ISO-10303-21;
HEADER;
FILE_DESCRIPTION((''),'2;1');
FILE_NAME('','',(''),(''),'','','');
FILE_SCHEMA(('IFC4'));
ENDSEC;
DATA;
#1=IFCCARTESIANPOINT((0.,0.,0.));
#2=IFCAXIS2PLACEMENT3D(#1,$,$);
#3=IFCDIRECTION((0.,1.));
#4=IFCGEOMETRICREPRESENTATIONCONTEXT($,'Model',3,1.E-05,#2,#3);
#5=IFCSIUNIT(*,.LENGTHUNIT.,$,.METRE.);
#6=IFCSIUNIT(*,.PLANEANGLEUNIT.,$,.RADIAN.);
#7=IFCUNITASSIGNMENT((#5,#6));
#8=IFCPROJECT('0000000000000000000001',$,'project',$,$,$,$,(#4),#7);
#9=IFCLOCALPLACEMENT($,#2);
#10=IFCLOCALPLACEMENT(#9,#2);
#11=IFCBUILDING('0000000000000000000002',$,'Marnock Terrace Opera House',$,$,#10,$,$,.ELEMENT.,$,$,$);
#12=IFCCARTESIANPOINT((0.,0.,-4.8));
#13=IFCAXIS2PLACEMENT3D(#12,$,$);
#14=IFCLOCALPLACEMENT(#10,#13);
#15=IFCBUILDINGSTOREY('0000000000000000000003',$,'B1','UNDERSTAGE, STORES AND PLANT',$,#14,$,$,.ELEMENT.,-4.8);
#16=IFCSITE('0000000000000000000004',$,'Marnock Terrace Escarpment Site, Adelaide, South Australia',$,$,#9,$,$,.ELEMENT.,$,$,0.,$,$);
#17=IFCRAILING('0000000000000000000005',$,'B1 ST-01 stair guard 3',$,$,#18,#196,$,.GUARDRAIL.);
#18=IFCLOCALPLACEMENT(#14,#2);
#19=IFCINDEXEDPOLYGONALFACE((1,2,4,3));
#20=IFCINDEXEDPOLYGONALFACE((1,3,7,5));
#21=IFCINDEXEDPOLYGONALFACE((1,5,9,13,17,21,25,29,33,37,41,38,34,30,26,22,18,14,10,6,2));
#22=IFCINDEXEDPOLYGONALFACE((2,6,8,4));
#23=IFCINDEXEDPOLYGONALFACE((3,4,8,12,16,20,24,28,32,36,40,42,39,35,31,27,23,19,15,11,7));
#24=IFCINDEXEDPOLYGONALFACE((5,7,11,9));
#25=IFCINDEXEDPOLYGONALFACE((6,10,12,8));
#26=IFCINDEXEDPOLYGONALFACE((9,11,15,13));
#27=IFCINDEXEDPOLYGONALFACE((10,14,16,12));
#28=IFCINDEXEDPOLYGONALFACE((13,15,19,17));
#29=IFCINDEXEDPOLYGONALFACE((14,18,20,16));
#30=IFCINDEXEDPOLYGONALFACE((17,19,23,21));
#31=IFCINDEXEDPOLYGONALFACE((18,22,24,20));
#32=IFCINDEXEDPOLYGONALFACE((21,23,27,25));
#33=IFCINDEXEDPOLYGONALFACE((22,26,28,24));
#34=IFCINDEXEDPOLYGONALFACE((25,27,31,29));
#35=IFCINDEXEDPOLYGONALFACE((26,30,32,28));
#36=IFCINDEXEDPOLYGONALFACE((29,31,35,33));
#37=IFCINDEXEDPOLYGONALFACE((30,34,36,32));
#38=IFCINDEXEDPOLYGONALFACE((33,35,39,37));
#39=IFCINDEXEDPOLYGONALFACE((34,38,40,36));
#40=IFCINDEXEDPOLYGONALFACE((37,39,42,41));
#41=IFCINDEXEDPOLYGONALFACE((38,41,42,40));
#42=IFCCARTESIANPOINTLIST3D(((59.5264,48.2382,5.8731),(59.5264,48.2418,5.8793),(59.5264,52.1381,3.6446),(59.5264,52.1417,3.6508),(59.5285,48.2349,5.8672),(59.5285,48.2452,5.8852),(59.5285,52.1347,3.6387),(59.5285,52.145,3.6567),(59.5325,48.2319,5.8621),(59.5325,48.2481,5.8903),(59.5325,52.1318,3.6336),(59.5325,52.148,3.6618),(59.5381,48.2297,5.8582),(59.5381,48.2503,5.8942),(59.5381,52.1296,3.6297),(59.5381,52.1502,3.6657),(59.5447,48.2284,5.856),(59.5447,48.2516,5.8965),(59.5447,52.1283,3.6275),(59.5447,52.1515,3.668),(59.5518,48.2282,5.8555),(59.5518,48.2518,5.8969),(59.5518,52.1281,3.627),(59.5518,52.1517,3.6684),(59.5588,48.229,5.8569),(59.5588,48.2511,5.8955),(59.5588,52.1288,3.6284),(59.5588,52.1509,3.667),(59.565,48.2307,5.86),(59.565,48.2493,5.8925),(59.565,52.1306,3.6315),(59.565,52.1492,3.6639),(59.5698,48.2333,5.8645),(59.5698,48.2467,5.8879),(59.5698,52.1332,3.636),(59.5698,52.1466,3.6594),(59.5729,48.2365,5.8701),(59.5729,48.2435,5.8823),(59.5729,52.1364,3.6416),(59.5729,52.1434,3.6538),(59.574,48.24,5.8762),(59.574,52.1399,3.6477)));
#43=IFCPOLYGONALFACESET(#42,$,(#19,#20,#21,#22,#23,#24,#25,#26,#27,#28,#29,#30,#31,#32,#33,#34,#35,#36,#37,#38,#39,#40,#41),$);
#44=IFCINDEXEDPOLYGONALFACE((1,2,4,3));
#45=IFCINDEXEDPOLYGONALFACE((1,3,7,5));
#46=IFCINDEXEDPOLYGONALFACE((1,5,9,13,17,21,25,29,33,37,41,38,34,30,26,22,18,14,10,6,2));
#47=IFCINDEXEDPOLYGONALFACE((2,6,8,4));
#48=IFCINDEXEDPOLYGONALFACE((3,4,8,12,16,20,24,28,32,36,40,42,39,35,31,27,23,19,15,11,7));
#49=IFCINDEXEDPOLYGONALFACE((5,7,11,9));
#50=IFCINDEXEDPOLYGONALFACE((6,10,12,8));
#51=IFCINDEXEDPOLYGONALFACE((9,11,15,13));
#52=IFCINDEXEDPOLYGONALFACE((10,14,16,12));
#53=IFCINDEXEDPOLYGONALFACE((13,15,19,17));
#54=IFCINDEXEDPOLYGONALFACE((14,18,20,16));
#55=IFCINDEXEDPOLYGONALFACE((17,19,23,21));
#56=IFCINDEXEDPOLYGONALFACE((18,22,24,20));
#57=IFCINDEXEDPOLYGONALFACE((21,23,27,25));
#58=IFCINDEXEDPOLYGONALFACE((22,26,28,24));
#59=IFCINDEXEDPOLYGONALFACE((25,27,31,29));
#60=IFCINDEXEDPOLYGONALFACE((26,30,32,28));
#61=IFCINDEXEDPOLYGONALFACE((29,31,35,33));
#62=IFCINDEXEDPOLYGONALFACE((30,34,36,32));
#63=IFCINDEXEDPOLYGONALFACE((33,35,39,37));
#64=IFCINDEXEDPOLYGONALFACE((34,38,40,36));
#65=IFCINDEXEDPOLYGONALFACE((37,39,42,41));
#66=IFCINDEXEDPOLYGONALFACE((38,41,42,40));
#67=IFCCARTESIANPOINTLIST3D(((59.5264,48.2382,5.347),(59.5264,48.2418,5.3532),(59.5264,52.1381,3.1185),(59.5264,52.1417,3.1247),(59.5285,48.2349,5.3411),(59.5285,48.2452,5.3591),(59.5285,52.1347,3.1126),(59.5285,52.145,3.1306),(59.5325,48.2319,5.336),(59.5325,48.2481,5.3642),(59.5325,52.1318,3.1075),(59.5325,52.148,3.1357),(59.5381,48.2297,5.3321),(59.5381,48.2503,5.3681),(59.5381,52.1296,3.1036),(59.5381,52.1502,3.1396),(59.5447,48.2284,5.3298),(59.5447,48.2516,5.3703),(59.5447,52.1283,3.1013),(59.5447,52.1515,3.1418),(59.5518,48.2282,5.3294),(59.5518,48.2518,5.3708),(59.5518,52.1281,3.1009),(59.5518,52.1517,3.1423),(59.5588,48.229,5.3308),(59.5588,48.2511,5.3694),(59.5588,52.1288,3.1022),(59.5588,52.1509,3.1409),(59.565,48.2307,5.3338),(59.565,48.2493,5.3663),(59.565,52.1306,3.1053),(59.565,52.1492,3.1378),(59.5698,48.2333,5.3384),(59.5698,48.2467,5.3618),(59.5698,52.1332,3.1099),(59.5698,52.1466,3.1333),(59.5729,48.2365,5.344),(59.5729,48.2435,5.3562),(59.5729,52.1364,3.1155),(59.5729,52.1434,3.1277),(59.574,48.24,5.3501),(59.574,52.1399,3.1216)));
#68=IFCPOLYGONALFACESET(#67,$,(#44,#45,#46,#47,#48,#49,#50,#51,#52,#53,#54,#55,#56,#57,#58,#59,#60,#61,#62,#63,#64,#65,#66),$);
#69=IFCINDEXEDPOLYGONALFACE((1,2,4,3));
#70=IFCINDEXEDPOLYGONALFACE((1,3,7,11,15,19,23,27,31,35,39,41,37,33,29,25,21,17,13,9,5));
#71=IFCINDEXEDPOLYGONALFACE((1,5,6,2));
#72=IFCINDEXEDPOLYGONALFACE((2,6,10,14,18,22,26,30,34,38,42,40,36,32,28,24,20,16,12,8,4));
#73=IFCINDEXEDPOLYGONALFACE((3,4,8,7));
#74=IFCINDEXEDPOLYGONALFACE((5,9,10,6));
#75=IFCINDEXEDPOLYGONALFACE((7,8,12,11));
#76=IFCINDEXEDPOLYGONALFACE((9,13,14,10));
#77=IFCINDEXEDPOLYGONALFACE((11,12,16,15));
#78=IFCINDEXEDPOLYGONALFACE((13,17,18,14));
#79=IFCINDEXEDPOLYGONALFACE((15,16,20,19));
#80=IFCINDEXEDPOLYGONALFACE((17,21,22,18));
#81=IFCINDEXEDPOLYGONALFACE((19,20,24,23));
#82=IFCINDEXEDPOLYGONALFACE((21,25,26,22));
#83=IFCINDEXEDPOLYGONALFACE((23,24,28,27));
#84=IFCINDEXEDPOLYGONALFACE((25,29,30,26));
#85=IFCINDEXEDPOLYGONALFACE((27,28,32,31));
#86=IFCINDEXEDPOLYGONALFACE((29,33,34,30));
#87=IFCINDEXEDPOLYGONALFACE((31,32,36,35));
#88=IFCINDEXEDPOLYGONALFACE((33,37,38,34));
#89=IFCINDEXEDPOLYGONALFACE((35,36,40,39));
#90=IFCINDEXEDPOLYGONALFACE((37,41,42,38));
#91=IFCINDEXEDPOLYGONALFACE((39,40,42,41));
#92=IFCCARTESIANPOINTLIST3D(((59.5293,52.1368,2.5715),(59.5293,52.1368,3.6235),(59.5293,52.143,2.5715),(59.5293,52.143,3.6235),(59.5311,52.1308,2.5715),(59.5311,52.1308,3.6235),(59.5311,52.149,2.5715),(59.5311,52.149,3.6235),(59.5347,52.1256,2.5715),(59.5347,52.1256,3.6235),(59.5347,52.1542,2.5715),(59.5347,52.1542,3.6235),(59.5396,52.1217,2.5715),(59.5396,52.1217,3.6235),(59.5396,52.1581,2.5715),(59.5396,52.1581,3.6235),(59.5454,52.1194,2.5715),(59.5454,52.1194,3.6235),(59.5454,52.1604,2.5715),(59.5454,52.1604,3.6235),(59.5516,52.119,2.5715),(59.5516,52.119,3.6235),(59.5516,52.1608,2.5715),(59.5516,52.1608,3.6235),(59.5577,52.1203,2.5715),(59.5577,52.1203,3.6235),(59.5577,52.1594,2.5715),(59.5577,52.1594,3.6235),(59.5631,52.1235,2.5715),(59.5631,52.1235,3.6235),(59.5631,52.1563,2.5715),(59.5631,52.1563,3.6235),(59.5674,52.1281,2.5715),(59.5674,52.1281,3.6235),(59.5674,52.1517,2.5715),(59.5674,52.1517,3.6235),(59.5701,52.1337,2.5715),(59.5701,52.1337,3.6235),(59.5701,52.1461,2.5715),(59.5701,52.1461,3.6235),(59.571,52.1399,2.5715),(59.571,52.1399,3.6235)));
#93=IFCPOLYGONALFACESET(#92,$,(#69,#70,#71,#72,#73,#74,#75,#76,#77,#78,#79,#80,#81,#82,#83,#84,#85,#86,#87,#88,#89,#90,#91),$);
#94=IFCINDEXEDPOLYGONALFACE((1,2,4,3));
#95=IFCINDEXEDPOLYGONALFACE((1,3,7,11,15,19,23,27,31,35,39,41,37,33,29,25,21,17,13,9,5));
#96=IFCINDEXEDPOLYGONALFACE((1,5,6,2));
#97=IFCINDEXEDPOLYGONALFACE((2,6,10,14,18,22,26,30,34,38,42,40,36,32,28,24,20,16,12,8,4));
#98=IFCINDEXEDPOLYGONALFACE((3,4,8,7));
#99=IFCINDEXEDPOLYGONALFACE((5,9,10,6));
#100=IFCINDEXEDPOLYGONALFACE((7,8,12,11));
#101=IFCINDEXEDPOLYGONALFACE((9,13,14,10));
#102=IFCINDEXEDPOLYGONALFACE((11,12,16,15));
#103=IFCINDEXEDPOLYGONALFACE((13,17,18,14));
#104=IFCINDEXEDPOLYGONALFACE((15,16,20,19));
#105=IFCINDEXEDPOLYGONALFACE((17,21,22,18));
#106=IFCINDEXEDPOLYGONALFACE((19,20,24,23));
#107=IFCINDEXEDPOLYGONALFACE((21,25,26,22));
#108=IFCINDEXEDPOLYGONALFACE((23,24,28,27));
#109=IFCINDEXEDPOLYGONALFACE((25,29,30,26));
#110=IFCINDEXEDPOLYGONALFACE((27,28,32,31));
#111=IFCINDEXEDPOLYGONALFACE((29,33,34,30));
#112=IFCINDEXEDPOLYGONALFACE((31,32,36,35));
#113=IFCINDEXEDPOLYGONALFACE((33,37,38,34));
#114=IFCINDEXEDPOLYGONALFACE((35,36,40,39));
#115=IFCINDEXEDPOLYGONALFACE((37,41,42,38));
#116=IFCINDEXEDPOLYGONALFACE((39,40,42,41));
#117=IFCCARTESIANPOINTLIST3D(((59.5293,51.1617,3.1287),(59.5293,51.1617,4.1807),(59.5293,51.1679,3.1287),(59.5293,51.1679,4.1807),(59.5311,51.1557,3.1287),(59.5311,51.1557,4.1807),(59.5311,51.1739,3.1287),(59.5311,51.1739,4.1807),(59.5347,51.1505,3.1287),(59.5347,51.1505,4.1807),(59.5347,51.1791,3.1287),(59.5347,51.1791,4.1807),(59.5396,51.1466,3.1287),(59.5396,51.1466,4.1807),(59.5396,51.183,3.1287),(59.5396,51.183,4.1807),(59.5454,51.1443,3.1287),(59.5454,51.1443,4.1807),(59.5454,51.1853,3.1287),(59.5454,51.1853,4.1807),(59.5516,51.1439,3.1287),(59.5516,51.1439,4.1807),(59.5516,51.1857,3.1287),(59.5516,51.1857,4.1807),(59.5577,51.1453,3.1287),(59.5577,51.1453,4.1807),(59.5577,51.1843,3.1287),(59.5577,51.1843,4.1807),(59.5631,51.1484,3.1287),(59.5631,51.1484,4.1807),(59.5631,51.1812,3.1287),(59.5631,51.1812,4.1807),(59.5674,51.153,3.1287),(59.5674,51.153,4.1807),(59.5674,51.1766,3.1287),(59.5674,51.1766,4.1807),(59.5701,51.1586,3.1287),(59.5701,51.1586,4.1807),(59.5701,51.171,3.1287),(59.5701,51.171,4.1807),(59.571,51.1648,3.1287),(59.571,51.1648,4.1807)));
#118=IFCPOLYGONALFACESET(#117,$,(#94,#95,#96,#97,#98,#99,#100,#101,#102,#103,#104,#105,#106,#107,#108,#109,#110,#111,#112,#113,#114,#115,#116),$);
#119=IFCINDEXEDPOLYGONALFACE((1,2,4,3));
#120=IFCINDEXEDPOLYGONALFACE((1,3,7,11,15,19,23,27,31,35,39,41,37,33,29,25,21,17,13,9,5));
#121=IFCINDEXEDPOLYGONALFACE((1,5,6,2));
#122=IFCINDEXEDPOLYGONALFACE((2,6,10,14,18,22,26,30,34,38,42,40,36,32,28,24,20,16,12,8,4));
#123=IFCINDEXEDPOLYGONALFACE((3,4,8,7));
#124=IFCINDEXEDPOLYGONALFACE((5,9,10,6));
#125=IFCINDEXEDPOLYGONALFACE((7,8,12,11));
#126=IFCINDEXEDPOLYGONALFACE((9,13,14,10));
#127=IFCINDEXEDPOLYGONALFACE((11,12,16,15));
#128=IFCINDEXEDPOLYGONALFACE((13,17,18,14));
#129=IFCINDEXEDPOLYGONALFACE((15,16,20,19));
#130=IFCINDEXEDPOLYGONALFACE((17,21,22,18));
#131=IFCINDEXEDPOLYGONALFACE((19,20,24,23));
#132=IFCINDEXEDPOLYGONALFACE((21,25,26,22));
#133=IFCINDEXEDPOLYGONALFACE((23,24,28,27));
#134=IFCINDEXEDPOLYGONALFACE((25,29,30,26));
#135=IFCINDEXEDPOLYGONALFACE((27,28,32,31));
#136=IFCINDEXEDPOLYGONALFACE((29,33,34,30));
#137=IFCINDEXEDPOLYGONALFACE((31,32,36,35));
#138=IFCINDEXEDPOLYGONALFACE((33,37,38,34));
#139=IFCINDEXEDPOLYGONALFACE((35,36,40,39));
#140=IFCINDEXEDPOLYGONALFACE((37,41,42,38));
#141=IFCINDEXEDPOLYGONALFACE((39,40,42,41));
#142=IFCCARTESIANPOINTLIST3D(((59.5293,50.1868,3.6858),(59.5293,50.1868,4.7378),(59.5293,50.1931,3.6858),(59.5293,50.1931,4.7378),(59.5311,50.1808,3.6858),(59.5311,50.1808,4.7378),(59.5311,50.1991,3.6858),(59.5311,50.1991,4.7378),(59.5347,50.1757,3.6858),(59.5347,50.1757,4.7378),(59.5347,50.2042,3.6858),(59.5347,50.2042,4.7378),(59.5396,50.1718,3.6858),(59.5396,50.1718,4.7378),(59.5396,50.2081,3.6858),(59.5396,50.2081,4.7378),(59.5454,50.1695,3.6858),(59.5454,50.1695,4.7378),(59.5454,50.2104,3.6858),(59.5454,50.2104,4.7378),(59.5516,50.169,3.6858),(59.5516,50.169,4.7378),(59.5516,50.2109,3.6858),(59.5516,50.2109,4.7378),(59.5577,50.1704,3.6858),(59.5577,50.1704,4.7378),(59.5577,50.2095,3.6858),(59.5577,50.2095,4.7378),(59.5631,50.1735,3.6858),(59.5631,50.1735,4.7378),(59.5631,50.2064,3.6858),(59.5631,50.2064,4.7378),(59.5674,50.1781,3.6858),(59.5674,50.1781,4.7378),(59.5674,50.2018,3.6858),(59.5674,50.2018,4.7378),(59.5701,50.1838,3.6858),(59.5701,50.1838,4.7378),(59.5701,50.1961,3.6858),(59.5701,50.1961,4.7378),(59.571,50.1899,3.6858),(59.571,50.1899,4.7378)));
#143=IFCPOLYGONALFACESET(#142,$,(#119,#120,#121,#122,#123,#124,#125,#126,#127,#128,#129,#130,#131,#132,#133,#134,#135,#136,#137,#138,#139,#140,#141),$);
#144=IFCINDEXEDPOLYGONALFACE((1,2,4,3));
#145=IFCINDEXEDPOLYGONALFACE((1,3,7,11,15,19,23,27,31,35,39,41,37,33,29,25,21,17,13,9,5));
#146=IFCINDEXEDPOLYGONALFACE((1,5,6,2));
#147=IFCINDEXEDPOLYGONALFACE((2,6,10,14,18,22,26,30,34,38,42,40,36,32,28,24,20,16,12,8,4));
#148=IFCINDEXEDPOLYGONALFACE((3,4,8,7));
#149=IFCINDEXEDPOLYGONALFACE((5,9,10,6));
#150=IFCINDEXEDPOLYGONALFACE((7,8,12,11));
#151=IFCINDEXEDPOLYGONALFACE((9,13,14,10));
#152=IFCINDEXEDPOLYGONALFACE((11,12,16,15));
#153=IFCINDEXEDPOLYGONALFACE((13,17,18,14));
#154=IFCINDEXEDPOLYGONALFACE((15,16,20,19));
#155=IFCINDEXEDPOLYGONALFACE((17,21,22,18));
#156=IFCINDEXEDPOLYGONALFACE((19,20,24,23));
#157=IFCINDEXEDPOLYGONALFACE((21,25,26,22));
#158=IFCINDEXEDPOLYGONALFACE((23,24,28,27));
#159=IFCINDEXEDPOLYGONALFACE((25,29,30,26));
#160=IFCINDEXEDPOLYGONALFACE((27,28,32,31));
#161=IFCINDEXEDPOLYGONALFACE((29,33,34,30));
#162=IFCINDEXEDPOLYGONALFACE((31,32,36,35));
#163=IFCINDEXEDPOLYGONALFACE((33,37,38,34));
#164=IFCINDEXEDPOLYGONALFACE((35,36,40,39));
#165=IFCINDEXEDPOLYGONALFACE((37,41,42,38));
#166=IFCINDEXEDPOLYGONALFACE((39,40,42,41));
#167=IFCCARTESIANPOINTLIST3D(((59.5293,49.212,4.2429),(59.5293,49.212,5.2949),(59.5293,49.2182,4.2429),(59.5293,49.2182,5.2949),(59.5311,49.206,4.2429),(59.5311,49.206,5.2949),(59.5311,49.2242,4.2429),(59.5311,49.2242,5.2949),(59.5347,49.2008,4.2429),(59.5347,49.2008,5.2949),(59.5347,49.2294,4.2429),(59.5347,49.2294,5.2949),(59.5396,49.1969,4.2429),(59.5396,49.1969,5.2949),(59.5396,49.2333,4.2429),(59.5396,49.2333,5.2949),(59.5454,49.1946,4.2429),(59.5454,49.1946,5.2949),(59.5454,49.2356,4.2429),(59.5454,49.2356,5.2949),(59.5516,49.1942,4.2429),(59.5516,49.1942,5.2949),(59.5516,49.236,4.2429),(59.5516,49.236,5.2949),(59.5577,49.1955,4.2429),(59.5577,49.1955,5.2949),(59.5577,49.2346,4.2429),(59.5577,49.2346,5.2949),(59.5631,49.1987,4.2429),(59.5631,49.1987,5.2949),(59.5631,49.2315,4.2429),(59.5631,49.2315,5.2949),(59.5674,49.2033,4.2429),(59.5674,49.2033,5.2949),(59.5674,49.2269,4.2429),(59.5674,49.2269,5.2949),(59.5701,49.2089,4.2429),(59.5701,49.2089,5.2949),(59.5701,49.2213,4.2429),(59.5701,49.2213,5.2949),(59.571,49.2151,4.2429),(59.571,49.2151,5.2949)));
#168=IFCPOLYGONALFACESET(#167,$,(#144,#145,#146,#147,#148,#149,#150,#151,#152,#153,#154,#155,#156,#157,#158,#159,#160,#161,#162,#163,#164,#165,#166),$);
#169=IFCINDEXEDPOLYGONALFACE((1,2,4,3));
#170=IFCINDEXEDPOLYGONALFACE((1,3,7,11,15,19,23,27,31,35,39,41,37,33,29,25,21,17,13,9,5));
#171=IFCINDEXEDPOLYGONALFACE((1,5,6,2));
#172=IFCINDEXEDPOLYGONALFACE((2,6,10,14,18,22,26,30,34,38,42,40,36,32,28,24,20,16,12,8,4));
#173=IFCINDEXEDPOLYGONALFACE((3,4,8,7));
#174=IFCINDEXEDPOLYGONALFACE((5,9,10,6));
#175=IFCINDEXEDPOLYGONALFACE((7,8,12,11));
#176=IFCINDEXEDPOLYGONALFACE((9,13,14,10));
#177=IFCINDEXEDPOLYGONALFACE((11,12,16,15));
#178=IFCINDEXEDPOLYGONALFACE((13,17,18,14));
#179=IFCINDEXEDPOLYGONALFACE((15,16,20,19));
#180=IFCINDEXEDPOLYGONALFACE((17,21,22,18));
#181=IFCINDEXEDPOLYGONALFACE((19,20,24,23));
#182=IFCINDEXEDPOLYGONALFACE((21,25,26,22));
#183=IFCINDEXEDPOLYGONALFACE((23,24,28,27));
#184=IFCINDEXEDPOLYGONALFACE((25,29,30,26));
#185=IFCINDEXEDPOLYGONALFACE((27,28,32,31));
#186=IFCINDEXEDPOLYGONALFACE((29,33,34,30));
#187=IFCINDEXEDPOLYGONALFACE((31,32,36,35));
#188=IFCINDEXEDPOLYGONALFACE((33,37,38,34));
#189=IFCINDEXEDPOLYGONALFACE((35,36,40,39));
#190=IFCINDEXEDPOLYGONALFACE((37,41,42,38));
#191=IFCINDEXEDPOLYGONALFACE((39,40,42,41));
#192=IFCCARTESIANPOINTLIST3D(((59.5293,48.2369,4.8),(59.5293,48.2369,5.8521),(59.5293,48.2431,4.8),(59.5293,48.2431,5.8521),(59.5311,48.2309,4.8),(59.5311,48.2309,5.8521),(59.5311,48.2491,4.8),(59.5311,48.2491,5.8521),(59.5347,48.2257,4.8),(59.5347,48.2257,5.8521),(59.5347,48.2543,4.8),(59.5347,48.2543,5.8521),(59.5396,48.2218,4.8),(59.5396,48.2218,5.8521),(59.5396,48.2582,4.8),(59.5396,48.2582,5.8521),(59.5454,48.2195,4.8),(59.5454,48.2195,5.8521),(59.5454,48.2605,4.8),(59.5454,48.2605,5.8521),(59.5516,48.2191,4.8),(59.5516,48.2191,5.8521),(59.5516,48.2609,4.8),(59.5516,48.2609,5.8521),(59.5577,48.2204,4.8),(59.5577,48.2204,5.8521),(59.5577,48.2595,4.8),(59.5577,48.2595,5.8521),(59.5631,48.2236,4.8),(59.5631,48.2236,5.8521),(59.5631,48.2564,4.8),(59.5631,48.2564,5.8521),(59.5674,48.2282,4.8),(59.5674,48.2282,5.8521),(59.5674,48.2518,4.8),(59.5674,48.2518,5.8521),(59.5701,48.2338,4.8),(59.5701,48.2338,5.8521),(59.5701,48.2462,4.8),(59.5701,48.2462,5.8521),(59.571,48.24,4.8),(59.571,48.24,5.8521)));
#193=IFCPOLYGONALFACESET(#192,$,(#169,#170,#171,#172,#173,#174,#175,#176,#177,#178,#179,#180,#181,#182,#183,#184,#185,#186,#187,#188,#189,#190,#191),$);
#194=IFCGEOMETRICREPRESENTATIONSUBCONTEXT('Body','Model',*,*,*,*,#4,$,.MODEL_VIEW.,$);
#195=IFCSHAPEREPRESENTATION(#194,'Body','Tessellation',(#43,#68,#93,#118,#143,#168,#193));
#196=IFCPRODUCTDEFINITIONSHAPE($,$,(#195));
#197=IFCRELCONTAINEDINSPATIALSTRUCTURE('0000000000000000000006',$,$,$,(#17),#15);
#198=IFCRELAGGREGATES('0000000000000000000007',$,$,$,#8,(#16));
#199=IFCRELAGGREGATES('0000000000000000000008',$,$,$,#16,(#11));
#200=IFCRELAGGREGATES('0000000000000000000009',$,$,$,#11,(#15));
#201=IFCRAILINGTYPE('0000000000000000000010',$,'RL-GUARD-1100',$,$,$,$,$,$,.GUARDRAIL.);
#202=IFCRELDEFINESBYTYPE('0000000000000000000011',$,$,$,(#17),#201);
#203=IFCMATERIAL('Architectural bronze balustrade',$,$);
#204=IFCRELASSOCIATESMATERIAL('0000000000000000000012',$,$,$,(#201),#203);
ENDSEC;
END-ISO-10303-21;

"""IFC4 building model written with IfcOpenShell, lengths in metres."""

from ifc_helpers import new_model, si_unit, direction, frame, origin, origin_2d, place, context, subcontext, project, spatial, circle, extrude, material, type_object, element, save


model = new_model("IFC4")

# Units and contexts
model_context = context("Model", 3, precision=1e-05, world=origin(), true_north=direction((0.0, 1.0)))
body_context = subcontext(model_context, "Body", "Model", "MODEL_VIEW")
ifc_project = project(units=[si_unit("LENGTHUNIT", "METRE"), si_unit("PLANEANGLEUNIT", "RADIAN")], contexts=[model_context])

# Site, building, storey
site_placement = place(None, origin())
site = spatial("IfcSite", under=ifc_project, at=site_placement, Name="Marnock Terrace Escarpment Site, Adelaide, South Australia", CompositionType="ELEMENT", RefElevation=0.0)
building_placement = place(site_placement, origin())
building = spatial("IfcBuilding", under=site, at=building_placement, Name="Marnock Terrace Opera House", CompositionType="ELEMENT")
storey_placement = place(building_placement, frame((0.0, 0.0, -4.8)))
storey = spatial("IfcBuildingStorey", under=building, at=storey_placement, Name="B1", Description="UNDERSTAGE, STORES AND PLANT", CompositionType="ELEMENT", Elevation=-4.8)

# Railing
ifc_material_1 = material(Name="Architectural bronze balustrade")
railing_type_1 = type_object("IfcRailingType", Name="RL-GUARD-1100", PredefinedType="GUARDRAIL", material=ifc_material_1)
railing_1_placement = place(storey_placement, frame((59.55, 52.1399, 2.5715)))
element("IfcRailing", 1, at=railing_1_placement, inside=storey, type_object=railing_type_1, Name="B1 ST-01 stair guard 3", PredefinedType="GUARDRAIL", context=body_context, shape_type="SweptSolid", body=[
    extrude(circle(Radius=0.0239, at=origin_2d()), frame((0.0, 0.0, 1.0762), z_axis=(0.0, -0.868243, 0.496139), x_axis=(1.0, 0.0, 0.0)), (0.0, 0.0, 1.0), 4.4917),
    extrude(circle(Radius=0.0239, at=origin_2d()), frame((0.0, 0.0, 0.55), z_axis=(0.0, -0.868243, 0.496139), x_axis=(1.0, 0.0, 0.0)), (0.0, 0.0, 1.0), 4.4917),
    extrude(circle(Radius=0.021, at=origin_2d()), origin(), (0.0, 0.0, 1.0), 1.052),
    extrude(circle(Radius=0.021, at=origin_2d()), frame((0.0, -0.9751, 0.5571)), (0.0, 0.0, 1.0), 1.052),
    extrude(circle(Radius=0.021, at=origin_2d()), frame((0.0, -1.95, 1.1143)), (0.0, 0.0, 1.0), 1.052),
    extrude(circle(Radius=0.021, at=origin_2d()), frame((0.0, -2.9248, 1.6714)), (0.0, 0.0, 1.0), 1.052),
    extrude(circle(Radius=0.021, at=origin_2d()), frame((0.0, -3.8999, 2.2285)), (0.0, 0.0, 1.0), 1.052),
])

save(model, "model.ifc")
